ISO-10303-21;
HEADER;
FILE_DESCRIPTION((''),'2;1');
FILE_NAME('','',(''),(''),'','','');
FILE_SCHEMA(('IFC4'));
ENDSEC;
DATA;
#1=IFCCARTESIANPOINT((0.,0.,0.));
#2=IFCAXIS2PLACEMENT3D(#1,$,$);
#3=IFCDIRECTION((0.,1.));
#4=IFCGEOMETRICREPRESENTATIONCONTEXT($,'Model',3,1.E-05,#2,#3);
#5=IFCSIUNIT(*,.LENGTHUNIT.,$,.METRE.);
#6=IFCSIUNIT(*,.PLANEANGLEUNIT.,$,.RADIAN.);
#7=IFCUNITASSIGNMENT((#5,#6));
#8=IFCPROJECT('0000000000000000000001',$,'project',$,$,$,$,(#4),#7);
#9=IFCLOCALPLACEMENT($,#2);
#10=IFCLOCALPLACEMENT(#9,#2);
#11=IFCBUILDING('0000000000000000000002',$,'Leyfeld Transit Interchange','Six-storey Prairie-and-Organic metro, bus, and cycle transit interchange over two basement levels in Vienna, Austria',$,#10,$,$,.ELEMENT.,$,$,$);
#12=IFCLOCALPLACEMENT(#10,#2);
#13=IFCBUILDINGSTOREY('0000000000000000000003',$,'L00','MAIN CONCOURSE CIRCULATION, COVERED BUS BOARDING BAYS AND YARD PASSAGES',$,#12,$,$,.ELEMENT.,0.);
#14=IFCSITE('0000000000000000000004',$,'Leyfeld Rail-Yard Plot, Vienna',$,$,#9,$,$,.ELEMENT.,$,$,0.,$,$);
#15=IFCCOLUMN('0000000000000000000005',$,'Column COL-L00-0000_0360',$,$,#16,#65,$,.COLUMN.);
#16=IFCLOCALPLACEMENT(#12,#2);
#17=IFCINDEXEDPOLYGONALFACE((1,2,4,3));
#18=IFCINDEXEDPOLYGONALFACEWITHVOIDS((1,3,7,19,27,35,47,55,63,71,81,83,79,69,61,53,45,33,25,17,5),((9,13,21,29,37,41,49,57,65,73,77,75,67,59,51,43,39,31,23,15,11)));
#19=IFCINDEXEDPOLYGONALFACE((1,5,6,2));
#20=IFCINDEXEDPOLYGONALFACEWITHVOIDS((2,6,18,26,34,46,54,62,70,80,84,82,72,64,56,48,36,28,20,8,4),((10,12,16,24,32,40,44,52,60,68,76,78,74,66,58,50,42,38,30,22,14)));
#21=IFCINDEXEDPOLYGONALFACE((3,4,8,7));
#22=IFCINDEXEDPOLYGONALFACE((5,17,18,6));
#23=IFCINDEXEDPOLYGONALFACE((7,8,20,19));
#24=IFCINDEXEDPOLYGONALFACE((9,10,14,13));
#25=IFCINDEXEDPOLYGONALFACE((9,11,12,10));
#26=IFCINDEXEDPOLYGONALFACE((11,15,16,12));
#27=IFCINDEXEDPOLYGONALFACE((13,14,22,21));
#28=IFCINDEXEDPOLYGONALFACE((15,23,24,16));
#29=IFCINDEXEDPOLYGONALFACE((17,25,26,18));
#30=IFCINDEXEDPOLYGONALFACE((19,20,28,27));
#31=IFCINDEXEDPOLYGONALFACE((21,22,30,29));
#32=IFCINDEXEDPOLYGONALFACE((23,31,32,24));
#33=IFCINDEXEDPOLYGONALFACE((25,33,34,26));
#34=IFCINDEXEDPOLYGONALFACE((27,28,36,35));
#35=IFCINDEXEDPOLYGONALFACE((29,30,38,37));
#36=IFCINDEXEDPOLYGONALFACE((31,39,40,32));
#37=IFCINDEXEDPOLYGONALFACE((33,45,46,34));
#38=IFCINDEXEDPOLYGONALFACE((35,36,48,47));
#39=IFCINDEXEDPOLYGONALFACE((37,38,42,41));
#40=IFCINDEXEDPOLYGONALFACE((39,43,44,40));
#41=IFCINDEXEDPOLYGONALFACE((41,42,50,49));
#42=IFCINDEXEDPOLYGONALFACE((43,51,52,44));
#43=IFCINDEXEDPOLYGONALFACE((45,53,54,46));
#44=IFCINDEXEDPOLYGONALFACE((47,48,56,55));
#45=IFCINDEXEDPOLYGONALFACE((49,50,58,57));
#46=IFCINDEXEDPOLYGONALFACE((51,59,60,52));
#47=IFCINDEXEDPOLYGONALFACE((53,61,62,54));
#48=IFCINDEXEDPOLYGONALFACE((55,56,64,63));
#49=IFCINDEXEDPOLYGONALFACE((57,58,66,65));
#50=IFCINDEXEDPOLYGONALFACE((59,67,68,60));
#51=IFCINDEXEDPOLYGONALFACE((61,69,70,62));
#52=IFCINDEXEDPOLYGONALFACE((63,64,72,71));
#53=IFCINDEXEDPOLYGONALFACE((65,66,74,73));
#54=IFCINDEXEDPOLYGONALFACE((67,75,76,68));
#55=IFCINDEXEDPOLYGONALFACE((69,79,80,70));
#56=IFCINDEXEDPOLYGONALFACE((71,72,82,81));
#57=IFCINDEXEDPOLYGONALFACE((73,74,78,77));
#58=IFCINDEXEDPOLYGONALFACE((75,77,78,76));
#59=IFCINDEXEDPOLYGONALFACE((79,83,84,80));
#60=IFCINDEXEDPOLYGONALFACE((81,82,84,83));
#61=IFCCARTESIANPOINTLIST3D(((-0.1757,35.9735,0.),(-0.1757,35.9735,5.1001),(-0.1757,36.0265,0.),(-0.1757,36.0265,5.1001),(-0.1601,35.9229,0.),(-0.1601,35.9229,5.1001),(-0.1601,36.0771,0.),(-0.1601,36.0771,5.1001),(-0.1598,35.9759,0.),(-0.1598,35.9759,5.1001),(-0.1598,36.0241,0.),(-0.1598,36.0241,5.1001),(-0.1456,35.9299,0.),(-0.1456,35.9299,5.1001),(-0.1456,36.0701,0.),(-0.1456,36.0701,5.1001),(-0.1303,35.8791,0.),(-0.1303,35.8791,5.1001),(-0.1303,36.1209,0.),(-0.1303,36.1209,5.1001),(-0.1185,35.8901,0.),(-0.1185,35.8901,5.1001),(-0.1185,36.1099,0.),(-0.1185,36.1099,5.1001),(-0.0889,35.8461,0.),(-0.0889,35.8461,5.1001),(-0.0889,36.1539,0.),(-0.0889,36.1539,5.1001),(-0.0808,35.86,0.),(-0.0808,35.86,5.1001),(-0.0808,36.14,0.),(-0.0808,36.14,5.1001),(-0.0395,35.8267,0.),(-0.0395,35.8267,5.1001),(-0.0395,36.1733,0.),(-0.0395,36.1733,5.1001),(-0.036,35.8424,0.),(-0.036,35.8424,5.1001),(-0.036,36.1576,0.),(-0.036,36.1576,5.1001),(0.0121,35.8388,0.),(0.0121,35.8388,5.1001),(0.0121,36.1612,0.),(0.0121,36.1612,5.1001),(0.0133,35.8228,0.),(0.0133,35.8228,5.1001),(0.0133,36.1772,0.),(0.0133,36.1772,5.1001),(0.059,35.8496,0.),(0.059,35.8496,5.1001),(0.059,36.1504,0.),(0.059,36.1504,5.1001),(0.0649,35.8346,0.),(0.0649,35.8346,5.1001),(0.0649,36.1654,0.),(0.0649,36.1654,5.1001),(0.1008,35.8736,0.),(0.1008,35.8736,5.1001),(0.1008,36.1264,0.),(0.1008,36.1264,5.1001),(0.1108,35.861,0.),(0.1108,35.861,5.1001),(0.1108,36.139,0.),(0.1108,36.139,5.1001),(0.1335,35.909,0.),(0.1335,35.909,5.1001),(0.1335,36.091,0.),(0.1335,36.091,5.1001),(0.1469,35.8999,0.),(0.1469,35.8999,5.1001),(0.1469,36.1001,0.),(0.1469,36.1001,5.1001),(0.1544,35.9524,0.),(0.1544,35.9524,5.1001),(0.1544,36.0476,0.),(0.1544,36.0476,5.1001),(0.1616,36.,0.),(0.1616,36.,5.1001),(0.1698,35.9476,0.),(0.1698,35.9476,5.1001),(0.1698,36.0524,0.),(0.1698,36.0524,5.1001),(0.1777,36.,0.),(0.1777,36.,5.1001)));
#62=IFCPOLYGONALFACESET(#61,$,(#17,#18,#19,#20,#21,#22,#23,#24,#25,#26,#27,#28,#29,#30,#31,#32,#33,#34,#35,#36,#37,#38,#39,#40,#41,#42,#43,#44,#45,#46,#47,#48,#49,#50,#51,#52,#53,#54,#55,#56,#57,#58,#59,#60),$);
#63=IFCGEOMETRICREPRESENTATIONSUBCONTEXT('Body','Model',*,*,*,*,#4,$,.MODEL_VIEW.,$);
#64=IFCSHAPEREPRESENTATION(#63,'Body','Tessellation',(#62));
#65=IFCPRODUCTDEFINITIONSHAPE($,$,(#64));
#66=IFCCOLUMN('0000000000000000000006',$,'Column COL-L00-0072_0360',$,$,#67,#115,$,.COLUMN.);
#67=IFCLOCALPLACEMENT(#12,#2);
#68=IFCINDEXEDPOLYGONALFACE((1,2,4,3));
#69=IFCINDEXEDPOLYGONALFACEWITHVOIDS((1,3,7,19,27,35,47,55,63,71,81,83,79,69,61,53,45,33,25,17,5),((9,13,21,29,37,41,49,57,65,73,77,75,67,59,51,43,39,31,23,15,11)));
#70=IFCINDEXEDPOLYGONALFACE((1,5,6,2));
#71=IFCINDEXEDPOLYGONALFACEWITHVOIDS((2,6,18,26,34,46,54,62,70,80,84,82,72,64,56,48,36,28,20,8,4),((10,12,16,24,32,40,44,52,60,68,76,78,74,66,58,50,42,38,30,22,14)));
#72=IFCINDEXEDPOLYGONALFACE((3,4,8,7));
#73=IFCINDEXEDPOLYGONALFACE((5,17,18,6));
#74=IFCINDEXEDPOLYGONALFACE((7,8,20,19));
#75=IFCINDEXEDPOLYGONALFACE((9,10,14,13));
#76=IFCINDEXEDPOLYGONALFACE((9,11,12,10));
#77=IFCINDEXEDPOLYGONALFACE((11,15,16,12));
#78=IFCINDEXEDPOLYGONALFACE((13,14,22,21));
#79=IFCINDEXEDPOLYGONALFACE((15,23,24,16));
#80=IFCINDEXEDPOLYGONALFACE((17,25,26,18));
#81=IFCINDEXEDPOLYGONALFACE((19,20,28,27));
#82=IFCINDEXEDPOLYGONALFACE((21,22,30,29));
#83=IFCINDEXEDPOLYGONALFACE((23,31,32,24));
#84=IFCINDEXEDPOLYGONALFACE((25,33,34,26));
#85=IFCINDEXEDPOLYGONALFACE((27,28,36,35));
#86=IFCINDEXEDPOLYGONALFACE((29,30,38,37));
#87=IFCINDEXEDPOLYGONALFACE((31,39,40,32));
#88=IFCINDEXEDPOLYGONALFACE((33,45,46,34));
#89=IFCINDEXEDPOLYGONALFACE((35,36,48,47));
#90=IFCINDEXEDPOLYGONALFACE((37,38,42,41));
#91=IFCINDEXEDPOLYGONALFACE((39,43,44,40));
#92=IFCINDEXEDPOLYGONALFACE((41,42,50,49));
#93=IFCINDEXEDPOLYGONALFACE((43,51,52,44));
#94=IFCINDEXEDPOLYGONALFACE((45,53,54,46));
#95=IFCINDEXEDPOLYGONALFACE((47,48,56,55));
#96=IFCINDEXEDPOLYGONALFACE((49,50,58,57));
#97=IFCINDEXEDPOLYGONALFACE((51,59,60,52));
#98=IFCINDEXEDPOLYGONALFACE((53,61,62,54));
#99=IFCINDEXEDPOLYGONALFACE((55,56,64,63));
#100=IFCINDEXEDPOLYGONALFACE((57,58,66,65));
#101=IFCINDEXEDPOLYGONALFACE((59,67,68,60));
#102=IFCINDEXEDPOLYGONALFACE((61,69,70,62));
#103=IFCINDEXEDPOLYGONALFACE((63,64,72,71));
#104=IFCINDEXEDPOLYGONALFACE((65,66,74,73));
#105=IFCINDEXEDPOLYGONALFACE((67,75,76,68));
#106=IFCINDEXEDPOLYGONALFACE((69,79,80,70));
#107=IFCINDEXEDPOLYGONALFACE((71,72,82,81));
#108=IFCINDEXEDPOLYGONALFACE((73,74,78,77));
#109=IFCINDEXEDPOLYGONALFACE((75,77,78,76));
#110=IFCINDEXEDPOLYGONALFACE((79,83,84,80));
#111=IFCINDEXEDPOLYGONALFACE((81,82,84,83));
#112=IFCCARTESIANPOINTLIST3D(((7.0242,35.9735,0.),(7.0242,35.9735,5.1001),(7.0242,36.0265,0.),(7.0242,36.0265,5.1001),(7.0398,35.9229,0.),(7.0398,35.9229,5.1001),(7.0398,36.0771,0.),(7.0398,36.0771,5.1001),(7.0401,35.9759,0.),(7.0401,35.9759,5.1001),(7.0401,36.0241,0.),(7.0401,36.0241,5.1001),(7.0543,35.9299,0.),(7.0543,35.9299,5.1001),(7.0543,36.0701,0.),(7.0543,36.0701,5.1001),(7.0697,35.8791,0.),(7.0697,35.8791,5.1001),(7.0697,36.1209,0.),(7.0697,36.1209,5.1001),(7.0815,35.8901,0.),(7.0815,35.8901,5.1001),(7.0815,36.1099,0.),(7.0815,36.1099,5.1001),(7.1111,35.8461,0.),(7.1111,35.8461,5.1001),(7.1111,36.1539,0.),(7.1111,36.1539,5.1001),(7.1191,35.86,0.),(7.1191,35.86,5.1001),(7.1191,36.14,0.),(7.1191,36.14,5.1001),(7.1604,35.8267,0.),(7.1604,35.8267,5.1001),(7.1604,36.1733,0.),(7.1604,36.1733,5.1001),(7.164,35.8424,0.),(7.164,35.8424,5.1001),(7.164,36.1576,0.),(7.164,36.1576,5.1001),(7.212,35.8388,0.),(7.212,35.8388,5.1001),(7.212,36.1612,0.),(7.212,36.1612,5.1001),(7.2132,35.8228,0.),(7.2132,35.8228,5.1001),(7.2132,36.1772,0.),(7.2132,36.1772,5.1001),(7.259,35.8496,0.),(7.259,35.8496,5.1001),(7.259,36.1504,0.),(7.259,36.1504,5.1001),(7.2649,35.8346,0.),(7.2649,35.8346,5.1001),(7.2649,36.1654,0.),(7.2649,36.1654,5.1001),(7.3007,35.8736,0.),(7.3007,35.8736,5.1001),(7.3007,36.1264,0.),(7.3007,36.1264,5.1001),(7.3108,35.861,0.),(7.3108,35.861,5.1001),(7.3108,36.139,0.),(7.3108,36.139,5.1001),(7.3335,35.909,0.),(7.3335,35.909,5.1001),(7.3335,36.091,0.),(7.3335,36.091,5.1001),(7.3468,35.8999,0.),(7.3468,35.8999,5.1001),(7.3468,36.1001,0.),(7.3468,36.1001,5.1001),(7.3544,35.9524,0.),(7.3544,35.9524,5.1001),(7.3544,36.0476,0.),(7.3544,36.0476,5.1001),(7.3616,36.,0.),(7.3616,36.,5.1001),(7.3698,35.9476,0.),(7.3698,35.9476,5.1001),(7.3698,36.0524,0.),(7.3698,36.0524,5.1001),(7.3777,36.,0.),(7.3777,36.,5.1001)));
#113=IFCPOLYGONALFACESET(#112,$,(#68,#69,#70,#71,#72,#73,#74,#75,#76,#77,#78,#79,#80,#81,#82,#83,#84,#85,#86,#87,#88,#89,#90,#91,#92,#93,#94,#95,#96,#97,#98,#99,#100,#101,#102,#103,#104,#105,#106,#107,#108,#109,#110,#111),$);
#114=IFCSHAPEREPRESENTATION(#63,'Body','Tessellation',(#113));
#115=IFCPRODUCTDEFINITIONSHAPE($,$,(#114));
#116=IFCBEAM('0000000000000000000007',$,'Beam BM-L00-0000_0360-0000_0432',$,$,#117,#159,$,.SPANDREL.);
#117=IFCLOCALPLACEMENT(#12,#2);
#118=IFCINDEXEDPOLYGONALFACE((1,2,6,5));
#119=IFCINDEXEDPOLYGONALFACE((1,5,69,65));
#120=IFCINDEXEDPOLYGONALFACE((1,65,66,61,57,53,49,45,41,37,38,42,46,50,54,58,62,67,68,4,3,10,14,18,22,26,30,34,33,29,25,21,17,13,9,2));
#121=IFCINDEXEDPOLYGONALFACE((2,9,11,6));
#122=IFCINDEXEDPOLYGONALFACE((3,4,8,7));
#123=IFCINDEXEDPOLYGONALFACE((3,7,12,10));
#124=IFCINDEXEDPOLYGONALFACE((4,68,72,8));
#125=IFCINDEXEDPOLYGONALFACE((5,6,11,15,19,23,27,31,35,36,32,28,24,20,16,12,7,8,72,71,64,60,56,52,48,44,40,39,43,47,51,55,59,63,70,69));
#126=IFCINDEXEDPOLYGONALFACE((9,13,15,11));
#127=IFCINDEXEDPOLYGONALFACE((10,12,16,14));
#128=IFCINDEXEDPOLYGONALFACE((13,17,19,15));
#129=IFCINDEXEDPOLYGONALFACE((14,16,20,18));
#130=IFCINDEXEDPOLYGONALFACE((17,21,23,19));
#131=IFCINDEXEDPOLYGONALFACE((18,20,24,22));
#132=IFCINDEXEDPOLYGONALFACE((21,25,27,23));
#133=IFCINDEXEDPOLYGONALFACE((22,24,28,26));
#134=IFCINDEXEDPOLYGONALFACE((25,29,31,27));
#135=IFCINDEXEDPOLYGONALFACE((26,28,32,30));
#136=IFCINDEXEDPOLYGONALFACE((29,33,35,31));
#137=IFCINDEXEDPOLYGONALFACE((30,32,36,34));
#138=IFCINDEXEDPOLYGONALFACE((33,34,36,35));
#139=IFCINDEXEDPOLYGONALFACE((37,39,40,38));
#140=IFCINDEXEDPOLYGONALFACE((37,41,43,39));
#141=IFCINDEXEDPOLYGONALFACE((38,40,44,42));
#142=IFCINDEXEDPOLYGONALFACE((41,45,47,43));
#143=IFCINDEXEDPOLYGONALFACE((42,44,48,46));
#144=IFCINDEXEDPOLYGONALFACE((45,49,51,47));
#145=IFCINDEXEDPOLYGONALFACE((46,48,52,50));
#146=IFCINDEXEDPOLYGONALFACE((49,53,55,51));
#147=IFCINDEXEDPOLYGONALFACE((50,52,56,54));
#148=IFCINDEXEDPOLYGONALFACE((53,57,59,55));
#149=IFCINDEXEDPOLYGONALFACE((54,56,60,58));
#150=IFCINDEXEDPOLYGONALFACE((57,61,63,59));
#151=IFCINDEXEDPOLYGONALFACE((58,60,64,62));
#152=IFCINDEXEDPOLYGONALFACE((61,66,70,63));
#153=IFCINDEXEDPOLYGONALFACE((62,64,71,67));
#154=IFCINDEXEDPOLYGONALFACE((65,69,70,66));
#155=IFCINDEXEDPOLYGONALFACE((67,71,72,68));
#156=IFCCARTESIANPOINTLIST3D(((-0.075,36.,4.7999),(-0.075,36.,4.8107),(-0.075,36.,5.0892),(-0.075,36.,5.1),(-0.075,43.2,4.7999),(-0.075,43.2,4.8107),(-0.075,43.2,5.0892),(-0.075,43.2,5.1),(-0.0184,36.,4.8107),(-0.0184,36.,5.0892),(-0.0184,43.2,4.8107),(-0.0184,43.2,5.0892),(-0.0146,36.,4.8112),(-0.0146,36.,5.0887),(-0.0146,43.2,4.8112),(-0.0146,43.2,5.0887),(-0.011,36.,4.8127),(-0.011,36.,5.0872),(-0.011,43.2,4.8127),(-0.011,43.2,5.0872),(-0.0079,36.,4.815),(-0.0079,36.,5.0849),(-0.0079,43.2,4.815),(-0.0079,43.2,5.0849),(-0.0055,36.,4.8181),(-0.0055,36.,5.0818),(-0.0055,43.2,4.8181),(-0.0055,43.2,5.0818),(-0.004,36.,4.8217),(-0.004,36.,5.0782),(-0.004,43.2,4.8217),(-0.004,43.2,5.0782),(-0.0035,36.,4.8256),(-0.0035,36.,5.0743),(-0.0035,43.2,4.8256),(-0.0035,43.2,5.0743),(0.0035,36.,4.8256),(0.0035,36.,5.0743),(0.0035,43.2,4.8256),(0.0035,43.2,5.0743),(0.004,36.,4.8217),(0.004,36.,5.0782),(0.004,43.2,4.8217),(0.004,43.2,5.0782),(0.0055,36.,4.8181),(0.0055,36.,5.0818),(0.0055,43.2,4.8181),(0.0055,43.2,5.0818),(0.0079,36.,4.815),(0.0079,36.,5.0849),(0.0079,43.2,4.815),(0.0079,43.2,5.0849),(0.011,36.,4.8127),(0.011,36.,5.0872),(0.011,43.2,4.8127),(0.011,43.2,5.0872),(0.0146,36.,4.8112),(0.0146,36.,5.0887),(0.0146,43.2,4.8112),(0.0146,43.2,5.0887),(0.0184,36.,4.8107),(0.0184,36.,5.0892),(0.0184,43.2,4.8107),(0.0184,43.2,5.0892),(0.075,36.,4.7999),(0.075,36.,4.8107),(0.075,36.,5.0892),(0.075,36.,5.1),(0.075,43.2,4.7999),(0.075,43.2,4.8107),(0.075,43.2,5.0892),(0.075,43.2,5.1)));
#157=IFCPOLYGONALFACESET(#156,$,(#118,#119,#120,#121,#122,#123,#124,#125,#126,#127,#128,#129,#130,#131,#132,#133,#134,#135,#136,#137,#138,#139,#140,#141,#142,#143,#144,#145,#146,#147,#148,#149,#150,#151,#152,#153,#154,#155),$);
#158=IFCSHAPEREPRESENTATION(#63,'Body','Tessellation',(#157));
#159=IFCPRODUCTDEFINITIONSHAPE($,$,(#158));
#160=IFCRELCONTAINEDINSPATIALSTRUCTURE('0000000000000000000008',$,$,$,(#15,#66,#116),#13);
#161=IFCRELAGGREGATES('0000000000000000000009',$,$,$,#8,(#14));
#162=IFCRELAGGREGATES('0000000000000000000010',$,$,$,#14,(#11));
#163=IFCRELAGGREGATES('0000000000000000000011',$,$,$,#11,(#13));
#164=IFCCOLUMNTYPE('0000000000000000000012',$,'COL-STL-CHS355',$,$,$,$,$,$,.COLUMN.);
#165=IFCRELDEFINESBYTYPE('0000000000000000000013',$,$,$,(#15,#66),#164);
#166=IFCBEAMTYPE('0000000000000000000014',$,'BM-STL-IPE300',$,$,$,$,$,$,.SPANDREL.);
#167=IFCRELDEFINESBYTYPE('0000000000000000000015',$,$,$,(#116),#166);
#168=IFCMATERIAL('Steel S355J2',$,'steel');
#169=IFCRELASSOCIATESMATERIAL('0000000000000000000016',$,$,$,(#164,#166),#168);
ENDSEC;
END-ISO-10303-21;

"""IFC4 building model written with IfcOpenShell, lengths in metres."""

from ifc_helpers import new_model, si_unit, direction, frame, origin, origin_2d, place, context, subcontext, project, spatial, hollow_circle, i_section, extrude, material, material_profile, profile_set, type_object, element, save


model = new_model("IFC4")

# Units and contexts
model_context = context("Model", 3, precision=1e-05, world=origin(), true_north=direction((0.0, 1.0)))
body_context = subcontext(model_context, "Body", "Model", "MODEL_VIEW")
ifc_project = project(units=[si_unit("LENGTHUNIT", "METRE"), si_unit("PLANEANGLEUNIT", "RADIAN")], contexts=[model_context])

# Site, building, storey
site_placement = place(None, origin())
site = spatial("IfcSite", under=ifc_project, at=site_placement, Name="Leyfeld Rail-Yard Plot, Vienna", CompositionType="ELEMENT", RefElevation=0.0)
building_placement = place(site_placement, origin())
building = spatial("IfcBuilding", under=site, at=building_placement, Name="Leyfeld Transit Interchange", Description="Six-storey Prairie-and-Organic metro, bus, and cycle transit interchange over two basement levels in Vienna, Austria", CompositionType="ELEMENT")
storey_placement = place(building_placement, origin())
storey = spatial("IfcBuildingStorey", under=building, at=storey_placement, Name="L00", Description="MAIN CONCOURSE CIRCULATION, COVERED BUS BOARDING BAYS AND YARD PASSAGES", CompositionType="ELEMENT", Elevation=0.0)

# Columns
ifc_material_1 = material(Name="Steel S355J2", Category="steel")
ifc_material_profile_1 = material_profile(ifc_material_1, hollow_circle(Radius=0.1777, WallThickness=0.0161, at=origin_2d()), Name="CHS 355.6x16")
ifc_profile_set_1 = profile_set([ifc_material_profile_1], Name="Steel S355J2")
column_type = type_object("IfcColumnType", Name="COL-STL-CHS355", PredefinedType="COLUMN", material=ifc_profile_set_1)
for number, where, z_axis, x_axis, name in (
    (1, (0.0, 36.0, 0.0), (0.0, 0.0, 1.0), (1.0, 0.0, 0.0), "Column COL-L00-0000_0360"),
    (2, (7.2, 36.0, 0.0), (0.0, 0.0, 1.0), (1.0, 0.0, 0.0), "Column COL-L00-0072_0360"),
):
    element("IfcColumn", number, at=place(storey_placement, frame(where, z_axis=z_axis, x_axis=x_axis)), inside=storey, type_object=column_type, Name=name, PredefinedType="COLUMN", context=body_context, shape_type="SweptSolid", body=[
        extrude(hollow_circle(Radius=0.1777, WallThickness=0.0161, at=origin_2d()), origin(), (0.0, 0.0, 1.0), 5.1001),
    ])

# Beam
ifc_material_profile_2 = material_profile(ifc_material_1, i_section(OverallWidth=0.1499, OverallDepth=0.3, WebThickness=0.0071, FlangeThickness=0.0107, FilletRadius=0.0149, at=origin_2d()), Name="IPE 300")
ifc_profile_set_2 = profile_set([ifc_material_profile_2], Name="Steel S355J2")
beam_type_1 = type_object("IfcBeamType", Name="BM-STL-IPE300", PredefinedType="SPANDREL", material=ifc_profile_set_2)
beam_1_placement = place(storey_placement, frame((0.0, 36.0, 4.95), z_axis=(0.0, 1.0, 0.0), x_axis=(-1.0, 0.0, 0.0)))
element("IfcBeam", 3, at=beam_1_placement, inside=storey, type_object=beam_type_1, Name="Beam BM-L00-0000_0360-0000_0432", PredefinedType="SPANDREL", context=body_context, shape_type="SweptSolid", body=[
    extrude(i_section(OverallWidth=0.1499, OverallDepth=0.3, WebThickness=0.0071, FlangeThickness=0.0107, FilletRadius=0.0149, at=origin_2d()), origin(), (0.0, 0.0, 1.0), 7.2),
])

save(model, "model.ifc")
